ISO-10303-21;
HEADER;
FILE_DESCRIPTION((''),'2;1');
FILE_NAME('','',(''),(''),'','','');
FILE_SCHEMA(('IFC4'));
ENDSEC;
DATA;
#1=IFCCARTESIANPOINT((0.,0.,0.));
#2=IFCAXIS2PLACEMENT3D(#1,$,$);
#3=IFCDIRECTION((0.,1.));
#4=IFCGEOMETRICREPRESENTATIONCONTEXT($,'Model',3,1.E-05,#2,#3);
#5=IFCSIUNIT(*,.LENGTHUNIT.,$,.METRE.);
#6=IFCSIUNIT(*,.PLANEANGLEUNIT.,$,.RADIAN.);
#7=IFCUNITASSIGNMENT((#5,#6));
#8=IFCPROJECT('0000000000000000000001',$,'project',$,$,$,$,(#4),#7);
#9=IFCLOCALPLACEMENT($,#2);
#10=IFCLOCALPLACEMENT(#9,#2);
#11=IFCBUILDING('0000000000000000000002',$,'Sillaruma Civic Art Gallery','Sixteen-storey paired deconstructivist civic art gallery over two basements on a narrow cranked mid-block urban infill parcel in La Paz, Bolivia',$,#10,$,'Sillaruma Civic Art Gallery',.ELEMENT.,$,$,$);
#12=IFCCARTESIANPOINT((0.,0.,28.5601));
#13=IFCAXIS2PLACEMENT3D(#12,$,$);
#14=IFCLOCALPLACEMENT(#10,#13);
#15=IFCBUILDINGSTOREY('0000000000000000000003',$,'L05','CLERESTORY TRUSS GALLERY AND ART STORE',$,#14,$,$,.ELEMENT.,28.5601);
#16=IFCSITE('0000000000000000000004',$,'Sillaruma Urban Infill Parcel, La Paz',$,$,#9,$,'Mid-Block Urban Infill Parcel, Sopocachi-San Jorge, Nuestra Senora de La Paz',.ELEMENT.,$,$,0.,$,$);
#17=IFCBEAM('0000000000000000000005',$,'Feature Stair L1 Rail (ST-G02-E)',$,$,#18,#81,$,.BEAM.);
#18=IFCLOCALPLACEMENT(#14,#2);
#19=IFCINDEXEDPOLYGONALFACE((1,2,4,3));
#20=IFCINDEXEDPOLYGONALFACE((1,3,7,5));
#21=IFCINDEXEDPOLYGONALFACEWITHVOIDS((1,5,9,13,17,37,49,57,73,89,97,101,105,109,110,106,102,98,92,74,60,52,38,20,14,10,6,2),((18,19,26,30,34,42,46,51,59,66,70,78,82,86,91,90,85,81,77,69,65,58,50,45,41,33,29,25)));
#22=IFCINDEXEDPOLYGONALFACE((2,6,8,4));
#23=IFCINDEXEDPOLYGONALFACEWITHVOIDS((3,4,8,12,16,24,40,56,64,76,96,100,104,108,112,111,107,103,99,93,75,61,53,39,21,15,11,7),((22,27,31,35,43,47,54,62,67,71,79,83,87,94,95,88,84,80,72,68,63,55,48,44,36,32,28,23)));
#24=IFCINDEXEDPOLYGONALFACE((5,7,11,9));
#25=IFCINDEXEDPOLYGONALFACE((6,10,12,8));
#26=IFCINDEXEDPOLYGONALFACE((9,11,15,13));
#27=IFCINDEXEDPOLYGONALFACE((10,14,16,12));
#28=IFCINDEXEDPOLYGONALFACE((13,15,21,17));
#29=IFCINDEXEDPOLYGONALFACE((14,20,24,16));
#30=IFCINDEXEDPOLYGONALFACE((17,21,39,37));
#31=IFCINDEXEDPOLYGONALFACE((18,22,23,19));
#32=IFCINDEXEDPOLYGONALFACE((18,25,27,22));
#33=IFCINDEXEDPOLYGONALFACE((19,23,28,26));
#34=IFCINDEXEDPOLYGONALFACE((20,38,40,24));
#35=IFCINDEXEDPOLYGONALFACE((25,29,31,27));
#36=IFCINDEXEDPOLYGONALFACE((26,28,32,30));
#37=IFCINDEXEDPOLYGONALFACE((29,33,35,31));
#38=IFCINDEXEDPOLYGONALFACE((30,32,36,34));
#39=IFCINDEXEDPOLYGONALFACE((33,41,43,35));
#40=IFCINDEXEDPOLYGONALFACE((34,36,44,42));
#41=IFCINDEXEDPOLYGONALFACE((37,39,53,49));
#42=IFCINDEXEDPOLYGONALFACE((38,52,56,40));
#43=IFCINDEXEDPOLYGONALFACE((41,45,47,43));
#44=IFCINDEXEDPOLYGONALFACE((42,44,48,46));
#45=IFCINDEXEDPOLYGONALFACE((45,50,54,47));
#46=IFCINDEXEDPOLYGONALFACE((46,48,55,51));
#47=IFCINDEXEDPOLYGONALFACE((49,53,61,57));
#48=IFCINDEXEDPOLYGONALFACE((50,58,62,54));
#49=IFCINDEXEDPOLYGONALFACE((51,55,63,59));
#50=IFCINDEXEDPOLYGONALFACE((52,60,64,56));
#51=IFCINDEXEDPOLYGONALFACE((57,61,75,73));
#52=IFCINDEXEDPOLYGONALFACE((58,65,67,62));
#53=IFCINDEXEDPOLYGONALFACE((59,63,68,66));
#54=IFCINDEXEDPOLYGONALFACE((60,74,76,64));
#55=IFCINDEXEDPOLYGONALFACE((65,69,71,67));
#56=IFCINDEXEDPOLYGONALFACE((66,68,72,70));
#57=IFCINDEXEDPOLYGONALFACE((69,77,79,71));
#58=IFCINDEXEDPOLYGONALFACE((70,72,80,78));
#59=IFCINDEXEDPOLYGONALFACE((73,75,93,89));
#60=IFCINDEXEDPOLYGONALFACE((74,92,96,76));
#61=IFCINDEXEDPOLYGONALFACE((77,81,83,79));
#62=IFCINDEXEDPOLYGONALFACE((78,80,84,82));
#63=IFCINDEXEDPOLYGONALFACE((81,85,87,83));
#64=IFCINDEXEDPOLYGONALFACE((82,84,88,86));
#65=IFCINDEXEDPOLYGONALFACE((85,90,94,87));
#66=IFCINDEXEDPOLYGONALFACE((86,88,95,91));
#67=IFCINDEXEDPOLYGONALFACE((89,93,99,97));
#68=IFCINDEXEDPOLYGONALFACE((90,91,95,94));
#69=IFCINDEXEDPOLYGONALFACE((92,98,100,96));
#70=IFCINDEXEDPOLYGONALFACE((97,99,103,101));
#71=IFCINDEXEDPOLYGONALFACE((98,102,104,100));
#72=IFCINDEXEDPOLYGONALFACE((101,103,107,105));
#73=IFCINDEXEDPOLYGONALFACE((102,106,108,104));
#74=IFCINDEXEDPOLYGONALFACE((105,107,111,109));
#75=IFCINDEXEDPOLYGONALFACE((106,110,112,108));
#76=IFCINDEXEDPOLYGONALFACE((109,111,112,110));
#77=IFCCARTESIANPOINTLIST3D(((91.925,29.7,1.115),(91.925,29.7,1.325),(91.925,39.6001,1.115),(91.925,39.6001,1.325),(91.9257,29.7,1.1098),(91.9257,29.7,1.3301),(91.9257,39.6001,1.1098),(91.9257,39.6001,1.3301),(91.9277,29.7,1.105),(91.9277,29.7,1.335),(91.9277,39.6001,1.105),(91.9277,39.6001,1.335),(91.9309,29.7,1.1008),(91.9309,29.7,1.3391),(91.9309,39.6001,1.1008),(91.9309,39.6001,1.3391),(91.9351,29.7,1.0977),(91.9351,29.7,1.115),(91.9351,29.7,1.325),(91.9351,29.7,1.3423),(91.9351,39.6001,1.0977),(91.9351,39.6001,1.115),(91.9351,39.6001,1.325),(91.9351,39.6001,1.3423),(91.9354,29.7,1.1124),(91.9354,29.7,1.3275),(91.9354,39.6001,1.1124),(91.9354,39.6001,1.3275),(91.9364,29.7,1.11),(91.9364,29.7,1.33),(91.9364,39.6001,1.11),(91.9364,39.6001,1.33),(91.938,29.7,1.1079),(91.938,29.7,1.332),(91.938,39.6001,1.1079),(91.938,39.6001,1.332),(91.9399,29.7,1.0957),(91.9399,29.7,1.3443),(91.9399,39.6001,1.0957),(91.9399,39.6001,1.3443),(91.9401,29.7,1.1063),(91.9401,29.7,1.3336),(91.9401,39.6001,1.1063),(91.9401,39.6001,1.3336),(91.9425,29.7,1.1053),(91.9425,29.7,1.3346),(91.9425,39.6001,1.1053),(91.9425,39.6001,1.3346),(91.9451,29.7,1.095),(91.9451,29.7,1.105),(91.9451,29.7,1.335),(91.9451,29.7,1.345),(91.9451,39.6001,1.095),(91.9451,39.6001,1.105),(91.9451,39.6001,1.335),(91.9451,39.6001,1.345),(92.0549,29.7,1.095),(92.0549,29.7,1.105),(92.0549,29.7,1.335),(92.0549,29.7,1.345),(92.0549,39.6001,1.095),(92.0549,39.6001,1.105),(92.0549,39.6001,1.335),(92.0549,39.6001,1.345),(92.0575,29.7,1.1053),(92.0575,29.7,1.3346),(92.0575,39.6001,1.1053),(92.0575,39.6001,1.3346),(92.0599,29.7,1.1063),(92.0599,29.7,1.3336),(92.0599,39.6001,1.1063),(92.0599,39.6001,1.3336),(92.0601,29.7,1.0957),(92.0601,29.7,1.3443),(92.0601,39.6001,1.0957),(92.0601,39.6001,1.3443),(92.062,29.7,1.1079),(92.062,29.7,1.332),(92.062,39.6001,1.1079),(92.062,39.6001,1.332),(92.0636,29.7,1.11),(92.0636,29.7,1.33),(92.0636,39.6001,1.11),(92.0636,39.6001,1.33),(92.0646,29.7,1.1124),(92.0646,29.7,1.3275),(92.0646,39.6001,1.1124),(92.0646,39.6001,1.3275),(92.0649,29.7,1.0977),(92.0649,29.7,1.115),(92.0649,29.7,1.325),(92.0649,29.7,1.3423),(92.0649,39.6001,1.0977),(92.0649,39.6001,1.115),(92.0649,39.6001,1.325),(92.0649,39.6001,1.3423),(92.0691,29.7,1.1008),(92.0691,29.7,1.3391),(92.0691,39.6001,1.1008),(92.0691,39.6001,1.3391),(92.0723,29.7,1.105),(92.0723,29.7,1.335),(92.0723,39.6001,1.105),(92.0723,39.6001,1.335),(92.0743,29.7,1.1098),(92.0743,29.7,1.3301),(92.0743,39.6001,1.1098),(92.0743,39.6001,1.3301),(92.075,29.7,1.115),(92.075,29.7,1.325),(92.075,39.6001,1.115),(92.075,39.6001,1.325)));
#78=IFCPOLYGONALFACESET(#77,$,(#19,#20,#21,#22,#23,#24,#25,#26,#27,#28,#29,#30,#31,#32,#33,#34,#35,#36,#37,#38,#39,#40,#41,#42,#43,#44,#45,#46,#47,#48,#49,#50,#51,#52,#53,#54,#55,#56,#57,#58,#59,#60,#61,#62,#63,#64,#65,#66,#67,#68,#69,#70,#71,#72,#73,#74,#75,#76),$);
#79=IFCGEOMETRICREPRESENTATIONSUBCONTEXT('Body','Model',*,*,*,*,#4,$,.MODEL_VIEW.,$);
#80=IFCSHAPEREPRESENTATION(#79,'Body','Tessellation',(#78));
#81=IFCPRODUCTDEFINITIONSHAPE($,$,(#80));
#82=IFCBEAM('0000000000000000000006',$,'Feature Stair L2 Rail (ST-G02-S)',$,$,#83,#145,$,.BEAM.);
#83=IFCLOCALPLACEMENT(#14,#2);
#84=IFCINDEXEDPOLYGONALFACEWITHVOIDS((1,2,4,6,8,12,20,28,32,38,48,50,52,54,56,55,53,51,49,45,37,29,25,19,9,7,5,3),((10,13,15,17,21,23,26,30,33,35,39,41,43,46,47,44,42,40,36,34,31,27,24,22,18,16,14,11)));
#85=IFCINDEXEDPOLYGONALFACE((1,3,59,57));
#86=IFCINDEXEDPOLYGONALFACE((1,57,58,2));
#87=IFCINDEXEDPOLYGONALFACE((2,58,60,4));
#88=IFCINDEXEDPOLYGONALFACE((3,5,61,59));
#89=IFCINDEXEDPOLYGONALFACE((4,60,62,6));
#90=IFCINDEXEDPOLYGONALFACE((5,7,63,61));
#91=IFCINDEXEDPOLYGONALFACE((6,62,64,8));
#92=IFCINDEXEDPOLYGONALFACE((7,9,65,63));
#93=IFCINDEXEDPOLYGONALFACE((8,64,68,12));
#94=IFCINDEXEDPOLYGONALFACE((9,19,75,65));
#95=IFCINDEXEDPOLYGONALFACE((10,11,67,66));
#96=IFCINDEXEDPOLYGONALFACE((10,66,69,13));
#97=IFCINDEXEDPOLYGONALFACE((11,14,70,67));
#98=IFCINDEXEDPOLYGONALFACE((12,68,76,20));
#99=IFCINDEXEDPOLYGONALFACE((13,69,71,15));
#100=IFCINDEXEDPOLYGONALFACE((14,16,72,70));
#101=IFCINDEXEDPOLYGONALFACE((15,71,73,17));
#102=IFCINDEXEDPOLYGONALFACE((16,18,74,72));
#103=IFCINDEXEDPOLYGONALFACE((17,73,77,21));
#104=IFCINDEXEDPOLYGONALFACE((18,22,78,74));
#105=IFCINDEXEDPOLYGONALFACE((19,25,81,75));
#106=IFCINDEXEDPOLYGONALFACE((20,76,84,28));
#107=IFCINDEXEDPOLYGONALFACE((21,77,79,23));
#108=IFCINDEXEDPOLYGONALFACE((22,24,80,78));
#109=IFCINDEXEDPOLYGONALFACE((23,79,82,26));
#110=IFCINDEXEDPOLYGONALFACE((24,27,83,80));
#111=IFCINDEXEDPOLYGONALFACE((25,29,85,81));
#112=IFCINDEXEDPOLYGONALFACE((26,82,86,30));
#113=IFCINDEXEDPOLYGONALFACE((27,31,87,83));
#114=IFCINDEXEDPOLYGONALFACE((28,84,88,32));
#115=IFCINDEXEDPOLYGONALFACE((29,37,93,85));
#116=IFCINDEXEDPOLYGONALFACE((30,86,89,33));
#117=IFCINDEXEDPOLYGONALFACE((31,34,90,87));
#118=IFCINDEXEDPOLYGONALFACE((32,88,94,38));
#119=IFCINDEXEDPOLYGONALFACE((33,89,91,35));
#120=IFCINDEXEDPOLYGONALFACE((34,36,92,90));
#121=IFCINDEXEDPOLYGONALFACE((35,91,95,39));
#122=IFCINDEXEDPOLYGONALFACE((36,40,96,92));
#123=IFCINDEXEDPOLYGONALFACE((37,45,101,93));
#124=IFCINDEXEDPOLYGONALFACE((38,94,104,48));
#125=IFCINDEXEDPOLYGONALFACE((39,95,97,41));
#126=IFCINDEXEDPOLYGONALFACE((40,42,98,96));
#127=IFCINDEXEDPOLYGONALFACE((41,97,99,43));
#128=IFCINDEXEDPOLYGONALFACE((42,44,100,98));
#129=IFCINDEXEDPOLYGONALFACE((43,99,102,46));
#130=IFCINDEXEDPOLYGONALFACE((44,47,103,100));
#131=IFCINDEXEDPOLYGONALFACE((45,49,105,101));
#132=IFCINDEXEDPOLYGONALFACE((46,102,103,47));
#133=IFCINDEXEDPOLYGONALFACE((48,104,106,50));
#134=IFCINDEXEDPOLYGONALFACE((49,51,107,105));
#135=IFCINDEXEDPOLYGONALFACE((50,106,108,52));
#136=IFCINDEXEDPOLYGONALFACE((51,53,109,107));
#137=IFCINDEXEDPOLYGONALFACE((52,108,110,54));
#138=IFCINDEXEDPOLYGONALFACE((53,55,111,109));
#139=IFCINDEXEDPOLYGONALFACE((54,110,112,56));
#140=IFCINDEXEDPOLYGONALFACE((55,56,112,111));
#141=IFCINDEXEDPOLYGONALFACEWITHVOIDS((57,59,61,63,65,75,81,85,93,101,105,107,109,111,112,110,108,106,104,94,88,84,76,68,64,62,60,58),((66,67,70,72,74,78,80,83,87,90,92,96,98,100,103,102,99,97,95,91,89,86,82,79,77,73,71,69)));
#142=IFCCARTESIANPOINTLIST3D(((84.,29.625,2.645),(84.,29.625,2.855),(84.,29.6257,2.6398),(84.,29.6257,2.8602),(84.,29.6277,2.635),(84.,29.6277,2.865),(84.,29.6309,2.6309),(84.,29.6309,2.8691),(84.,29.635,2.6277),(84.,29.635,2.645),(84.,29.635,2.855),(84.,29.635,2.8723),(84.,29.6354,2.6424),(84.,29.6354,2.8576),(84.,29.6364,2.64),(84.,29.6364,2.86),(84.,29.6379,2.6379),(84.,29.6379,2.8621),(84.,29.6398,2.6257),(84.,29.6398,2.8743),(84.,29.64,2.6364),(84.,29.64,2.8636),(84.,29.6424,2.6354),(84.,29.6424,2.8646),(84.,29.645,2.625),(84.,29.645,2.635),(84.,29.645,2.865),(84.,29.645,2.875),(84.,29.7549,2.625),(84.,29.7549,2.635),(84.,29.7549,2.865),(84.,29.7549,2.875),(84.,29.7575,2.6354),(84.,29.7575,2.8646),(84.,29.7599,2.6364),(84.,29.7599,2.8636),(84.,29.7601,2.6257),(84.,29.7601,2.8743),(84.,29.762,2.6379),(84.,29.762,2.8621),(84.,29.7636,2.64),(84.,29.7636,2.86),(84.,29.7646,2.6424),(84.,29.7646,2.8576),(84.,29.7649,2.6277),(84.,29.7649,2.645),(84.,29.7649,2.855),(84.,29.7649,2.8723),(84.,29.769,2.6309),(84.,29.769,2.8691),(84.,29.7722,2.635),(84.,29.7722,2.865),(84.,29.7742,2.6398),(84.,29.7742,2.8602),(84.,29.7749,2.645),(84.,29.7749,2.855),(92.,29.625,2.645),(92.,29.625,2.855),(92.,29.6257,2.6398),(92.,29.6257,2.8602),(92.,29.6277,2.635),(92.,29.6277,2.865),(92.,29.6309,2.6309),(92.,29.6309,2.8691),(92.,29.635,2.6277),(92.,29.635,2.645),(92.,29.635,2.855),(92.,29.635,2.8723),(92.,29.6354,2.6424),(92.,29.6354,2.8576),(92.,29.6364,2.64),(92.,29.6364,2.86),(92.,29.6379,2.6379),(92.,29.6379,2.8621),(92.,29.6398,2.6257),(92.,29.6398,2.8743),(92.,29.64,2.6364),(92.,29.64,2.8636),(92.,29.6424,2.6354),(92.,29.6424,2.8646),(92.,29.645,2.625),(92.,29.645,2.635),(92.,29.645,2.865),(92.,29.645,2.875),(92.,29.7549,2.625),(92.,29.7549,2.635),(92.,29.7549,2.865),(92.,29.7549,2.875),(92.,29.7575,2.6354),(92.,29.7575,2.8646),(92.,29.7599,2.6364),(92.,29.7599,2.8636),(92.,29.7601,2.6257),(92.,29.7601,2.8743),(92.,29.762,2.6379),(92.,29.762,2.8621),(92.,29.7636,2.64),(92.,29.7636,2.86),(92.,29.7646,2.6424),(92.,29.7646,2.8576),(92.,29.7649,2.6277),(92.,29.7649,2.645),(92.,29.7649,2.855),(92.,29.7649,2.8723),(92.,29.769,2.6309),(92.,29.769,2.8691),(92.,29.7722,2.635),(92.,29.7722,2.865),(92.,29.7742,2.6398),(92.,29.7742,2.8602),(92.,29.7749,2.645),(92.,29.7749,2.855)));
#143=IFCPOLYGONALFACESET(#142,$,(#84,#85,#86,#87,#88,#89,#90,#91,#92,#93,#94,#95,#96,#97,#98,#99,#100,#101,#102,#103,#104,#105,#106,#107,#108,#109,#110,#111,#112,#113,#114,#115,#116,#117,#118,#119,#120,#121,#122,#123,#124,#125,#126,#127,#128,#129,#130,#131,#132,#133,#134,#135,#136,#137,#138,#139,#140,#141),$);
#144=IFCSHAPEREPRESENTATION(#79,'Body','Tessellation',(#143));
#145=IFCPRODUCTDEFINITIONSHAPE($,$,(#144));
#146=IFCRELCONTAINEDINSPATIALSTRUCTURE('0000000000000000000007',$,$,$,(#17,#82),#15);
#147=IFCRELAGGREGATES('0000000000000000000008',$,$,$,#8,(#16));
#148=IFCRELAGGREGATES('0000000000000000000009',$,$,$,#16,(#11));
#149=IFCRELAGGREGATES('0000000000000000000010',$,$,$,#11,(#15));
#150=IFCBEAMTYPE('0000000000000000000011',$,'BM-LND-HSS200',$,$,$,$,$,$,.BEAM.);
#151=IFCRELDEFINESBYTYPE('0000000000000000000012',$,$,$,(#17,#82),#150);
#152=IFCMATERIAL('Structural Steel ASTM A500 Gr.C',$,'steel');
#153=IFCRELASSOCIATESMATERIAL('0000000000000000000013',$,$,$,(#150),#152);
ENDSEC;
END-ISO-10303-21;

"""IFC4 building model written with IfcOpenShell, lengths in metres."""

from ifc_helpers import new_model, si_unit, direction, frame, origin, origin_2d, place, context, subcontext, project, spatial, hollow_rectangle, extrude, material, material_profile, profile_set, type_object, element, save


model = new_model("IFC4")

# Units and contexts
model_context = context("Model", 3, precision=1e-05, world=origin(), true_north=direction((0.0, 1.0)))
body_context = subcontext(model_context, "Body", "Model", "MODEL_VIEW")
ifc_project = project(units=[si_unit("LENGTHUNIT", "METRE"), si_unit("PLANEANGLEUNIT", "RADIAN")], contexts=[model_context])

# Site, building, storey
site_placement = place(None, origin())
site = spatial("IfcSite", under=ifc_project, at=site_placement, Name="Sillaruma Urban Infill Parcel, La Paz", LongName="Mid-Block Urban Infill Parcel, Sopocachi-San Jorge, Nuestra Senora de La Paz", CompositionType="ELEMENT", RefElevation=0.0)
building_placement = place(site_placement, origin())
building = spatial("IfcBuilding", under=site, at=building_placement, Name="Sillaruma Civic Art Gallery", Description="Sixteen-storey paired deconstructivist civic art gallery over two basements on a narrow cranked mid-block urban infill parcel in La Paz, Bolivia", LongName="Sillaruma Civic Art Gallery", CompositionType="ELEMENT")
storey_placement = place(building_placement, frame((0.0, 0.0, 28.5601)))
storey = spatial("IfcBuildingStorey", under=building, at=storey_placement, Name="L05", Description="CLERESTORY TRUSS GALLERY AND ART STORE", CompositionType="ELEMENT", Elevation=28.5601)

# Beams
ifc_material_1 = material(Name="Structural Steel ASTM A500 Gr.C", Category="steel")
ifc_material_profile_1 = material_profile(ifc_material_1, hollow_rectangle(XDim=0.1499, YDim=0.25, WallThickness=0.01, InnerFilletRadius=0.01, OuterFilletRadius=0.02, at=origin_2d()), Name="HSS250x150x10")
ifc_profile_set_1 = profile_set([ifc_material_profile_1], Name="Structural Steel ASTM A500 Gr.C")
beam_type_1 = type_object("IfcBeamType", Name="BM-LND-HSS200", PredefinedType="BEAM", material=ifc_profile_set_1)
for number, where, z_axis, x_axis, name in (
    (1, (92.0, 29.7, 1.22), (0.0, 1.0, 0.0), (-1.0, 0.0, 0.0), "Feature Stair L1 Rail (ST-G02-E)"),
):
    element("IfcBeam", number, at=place(storey_placement, frame(where, z_axis=z_axis, x_axis=x_axis)), inside=storey, type_object=beam_type_1, Name=name, PredefinedType="BEAM", context=body_context, shape_type="SweptSolid", body=[
        extrude(hollow_rectangle(XDim=0.1499, YDim=0.25, WallThickness=0.01, InnerFilletRadius=0.01, OuterFilletRadius=0.02, at=origin_2d()), origin(), (0.0, 0.0, 1.0), 9.9001),
    ])
beam_1_placement = place(storey_placement, frame((84.0, 29.7, 2.75), z_axis=(1.0, 0.0, 0.0), x_axis=(0.0, 1.0, 0.0)))
element("IfcBeam", 2, at=beam_1_placement, inside=storey, type_object=beam_type_1, Name="Feature Stair L2 Rail (ST-G02-S)", PredefinedType="BEAM", context=body_context, shape_type="SweptSolid", body=[
    extrude(hollow_rectangle(XDim=0.1499, YDim=0.25, WallThickness=0.01, InnerFilletRadius=0.01, OuterFilletRadius=0.02, at=origin_2d()), origin(), (0.0, 0.0, 1.0), 8.0),
])

save(model, "model.ifc")
